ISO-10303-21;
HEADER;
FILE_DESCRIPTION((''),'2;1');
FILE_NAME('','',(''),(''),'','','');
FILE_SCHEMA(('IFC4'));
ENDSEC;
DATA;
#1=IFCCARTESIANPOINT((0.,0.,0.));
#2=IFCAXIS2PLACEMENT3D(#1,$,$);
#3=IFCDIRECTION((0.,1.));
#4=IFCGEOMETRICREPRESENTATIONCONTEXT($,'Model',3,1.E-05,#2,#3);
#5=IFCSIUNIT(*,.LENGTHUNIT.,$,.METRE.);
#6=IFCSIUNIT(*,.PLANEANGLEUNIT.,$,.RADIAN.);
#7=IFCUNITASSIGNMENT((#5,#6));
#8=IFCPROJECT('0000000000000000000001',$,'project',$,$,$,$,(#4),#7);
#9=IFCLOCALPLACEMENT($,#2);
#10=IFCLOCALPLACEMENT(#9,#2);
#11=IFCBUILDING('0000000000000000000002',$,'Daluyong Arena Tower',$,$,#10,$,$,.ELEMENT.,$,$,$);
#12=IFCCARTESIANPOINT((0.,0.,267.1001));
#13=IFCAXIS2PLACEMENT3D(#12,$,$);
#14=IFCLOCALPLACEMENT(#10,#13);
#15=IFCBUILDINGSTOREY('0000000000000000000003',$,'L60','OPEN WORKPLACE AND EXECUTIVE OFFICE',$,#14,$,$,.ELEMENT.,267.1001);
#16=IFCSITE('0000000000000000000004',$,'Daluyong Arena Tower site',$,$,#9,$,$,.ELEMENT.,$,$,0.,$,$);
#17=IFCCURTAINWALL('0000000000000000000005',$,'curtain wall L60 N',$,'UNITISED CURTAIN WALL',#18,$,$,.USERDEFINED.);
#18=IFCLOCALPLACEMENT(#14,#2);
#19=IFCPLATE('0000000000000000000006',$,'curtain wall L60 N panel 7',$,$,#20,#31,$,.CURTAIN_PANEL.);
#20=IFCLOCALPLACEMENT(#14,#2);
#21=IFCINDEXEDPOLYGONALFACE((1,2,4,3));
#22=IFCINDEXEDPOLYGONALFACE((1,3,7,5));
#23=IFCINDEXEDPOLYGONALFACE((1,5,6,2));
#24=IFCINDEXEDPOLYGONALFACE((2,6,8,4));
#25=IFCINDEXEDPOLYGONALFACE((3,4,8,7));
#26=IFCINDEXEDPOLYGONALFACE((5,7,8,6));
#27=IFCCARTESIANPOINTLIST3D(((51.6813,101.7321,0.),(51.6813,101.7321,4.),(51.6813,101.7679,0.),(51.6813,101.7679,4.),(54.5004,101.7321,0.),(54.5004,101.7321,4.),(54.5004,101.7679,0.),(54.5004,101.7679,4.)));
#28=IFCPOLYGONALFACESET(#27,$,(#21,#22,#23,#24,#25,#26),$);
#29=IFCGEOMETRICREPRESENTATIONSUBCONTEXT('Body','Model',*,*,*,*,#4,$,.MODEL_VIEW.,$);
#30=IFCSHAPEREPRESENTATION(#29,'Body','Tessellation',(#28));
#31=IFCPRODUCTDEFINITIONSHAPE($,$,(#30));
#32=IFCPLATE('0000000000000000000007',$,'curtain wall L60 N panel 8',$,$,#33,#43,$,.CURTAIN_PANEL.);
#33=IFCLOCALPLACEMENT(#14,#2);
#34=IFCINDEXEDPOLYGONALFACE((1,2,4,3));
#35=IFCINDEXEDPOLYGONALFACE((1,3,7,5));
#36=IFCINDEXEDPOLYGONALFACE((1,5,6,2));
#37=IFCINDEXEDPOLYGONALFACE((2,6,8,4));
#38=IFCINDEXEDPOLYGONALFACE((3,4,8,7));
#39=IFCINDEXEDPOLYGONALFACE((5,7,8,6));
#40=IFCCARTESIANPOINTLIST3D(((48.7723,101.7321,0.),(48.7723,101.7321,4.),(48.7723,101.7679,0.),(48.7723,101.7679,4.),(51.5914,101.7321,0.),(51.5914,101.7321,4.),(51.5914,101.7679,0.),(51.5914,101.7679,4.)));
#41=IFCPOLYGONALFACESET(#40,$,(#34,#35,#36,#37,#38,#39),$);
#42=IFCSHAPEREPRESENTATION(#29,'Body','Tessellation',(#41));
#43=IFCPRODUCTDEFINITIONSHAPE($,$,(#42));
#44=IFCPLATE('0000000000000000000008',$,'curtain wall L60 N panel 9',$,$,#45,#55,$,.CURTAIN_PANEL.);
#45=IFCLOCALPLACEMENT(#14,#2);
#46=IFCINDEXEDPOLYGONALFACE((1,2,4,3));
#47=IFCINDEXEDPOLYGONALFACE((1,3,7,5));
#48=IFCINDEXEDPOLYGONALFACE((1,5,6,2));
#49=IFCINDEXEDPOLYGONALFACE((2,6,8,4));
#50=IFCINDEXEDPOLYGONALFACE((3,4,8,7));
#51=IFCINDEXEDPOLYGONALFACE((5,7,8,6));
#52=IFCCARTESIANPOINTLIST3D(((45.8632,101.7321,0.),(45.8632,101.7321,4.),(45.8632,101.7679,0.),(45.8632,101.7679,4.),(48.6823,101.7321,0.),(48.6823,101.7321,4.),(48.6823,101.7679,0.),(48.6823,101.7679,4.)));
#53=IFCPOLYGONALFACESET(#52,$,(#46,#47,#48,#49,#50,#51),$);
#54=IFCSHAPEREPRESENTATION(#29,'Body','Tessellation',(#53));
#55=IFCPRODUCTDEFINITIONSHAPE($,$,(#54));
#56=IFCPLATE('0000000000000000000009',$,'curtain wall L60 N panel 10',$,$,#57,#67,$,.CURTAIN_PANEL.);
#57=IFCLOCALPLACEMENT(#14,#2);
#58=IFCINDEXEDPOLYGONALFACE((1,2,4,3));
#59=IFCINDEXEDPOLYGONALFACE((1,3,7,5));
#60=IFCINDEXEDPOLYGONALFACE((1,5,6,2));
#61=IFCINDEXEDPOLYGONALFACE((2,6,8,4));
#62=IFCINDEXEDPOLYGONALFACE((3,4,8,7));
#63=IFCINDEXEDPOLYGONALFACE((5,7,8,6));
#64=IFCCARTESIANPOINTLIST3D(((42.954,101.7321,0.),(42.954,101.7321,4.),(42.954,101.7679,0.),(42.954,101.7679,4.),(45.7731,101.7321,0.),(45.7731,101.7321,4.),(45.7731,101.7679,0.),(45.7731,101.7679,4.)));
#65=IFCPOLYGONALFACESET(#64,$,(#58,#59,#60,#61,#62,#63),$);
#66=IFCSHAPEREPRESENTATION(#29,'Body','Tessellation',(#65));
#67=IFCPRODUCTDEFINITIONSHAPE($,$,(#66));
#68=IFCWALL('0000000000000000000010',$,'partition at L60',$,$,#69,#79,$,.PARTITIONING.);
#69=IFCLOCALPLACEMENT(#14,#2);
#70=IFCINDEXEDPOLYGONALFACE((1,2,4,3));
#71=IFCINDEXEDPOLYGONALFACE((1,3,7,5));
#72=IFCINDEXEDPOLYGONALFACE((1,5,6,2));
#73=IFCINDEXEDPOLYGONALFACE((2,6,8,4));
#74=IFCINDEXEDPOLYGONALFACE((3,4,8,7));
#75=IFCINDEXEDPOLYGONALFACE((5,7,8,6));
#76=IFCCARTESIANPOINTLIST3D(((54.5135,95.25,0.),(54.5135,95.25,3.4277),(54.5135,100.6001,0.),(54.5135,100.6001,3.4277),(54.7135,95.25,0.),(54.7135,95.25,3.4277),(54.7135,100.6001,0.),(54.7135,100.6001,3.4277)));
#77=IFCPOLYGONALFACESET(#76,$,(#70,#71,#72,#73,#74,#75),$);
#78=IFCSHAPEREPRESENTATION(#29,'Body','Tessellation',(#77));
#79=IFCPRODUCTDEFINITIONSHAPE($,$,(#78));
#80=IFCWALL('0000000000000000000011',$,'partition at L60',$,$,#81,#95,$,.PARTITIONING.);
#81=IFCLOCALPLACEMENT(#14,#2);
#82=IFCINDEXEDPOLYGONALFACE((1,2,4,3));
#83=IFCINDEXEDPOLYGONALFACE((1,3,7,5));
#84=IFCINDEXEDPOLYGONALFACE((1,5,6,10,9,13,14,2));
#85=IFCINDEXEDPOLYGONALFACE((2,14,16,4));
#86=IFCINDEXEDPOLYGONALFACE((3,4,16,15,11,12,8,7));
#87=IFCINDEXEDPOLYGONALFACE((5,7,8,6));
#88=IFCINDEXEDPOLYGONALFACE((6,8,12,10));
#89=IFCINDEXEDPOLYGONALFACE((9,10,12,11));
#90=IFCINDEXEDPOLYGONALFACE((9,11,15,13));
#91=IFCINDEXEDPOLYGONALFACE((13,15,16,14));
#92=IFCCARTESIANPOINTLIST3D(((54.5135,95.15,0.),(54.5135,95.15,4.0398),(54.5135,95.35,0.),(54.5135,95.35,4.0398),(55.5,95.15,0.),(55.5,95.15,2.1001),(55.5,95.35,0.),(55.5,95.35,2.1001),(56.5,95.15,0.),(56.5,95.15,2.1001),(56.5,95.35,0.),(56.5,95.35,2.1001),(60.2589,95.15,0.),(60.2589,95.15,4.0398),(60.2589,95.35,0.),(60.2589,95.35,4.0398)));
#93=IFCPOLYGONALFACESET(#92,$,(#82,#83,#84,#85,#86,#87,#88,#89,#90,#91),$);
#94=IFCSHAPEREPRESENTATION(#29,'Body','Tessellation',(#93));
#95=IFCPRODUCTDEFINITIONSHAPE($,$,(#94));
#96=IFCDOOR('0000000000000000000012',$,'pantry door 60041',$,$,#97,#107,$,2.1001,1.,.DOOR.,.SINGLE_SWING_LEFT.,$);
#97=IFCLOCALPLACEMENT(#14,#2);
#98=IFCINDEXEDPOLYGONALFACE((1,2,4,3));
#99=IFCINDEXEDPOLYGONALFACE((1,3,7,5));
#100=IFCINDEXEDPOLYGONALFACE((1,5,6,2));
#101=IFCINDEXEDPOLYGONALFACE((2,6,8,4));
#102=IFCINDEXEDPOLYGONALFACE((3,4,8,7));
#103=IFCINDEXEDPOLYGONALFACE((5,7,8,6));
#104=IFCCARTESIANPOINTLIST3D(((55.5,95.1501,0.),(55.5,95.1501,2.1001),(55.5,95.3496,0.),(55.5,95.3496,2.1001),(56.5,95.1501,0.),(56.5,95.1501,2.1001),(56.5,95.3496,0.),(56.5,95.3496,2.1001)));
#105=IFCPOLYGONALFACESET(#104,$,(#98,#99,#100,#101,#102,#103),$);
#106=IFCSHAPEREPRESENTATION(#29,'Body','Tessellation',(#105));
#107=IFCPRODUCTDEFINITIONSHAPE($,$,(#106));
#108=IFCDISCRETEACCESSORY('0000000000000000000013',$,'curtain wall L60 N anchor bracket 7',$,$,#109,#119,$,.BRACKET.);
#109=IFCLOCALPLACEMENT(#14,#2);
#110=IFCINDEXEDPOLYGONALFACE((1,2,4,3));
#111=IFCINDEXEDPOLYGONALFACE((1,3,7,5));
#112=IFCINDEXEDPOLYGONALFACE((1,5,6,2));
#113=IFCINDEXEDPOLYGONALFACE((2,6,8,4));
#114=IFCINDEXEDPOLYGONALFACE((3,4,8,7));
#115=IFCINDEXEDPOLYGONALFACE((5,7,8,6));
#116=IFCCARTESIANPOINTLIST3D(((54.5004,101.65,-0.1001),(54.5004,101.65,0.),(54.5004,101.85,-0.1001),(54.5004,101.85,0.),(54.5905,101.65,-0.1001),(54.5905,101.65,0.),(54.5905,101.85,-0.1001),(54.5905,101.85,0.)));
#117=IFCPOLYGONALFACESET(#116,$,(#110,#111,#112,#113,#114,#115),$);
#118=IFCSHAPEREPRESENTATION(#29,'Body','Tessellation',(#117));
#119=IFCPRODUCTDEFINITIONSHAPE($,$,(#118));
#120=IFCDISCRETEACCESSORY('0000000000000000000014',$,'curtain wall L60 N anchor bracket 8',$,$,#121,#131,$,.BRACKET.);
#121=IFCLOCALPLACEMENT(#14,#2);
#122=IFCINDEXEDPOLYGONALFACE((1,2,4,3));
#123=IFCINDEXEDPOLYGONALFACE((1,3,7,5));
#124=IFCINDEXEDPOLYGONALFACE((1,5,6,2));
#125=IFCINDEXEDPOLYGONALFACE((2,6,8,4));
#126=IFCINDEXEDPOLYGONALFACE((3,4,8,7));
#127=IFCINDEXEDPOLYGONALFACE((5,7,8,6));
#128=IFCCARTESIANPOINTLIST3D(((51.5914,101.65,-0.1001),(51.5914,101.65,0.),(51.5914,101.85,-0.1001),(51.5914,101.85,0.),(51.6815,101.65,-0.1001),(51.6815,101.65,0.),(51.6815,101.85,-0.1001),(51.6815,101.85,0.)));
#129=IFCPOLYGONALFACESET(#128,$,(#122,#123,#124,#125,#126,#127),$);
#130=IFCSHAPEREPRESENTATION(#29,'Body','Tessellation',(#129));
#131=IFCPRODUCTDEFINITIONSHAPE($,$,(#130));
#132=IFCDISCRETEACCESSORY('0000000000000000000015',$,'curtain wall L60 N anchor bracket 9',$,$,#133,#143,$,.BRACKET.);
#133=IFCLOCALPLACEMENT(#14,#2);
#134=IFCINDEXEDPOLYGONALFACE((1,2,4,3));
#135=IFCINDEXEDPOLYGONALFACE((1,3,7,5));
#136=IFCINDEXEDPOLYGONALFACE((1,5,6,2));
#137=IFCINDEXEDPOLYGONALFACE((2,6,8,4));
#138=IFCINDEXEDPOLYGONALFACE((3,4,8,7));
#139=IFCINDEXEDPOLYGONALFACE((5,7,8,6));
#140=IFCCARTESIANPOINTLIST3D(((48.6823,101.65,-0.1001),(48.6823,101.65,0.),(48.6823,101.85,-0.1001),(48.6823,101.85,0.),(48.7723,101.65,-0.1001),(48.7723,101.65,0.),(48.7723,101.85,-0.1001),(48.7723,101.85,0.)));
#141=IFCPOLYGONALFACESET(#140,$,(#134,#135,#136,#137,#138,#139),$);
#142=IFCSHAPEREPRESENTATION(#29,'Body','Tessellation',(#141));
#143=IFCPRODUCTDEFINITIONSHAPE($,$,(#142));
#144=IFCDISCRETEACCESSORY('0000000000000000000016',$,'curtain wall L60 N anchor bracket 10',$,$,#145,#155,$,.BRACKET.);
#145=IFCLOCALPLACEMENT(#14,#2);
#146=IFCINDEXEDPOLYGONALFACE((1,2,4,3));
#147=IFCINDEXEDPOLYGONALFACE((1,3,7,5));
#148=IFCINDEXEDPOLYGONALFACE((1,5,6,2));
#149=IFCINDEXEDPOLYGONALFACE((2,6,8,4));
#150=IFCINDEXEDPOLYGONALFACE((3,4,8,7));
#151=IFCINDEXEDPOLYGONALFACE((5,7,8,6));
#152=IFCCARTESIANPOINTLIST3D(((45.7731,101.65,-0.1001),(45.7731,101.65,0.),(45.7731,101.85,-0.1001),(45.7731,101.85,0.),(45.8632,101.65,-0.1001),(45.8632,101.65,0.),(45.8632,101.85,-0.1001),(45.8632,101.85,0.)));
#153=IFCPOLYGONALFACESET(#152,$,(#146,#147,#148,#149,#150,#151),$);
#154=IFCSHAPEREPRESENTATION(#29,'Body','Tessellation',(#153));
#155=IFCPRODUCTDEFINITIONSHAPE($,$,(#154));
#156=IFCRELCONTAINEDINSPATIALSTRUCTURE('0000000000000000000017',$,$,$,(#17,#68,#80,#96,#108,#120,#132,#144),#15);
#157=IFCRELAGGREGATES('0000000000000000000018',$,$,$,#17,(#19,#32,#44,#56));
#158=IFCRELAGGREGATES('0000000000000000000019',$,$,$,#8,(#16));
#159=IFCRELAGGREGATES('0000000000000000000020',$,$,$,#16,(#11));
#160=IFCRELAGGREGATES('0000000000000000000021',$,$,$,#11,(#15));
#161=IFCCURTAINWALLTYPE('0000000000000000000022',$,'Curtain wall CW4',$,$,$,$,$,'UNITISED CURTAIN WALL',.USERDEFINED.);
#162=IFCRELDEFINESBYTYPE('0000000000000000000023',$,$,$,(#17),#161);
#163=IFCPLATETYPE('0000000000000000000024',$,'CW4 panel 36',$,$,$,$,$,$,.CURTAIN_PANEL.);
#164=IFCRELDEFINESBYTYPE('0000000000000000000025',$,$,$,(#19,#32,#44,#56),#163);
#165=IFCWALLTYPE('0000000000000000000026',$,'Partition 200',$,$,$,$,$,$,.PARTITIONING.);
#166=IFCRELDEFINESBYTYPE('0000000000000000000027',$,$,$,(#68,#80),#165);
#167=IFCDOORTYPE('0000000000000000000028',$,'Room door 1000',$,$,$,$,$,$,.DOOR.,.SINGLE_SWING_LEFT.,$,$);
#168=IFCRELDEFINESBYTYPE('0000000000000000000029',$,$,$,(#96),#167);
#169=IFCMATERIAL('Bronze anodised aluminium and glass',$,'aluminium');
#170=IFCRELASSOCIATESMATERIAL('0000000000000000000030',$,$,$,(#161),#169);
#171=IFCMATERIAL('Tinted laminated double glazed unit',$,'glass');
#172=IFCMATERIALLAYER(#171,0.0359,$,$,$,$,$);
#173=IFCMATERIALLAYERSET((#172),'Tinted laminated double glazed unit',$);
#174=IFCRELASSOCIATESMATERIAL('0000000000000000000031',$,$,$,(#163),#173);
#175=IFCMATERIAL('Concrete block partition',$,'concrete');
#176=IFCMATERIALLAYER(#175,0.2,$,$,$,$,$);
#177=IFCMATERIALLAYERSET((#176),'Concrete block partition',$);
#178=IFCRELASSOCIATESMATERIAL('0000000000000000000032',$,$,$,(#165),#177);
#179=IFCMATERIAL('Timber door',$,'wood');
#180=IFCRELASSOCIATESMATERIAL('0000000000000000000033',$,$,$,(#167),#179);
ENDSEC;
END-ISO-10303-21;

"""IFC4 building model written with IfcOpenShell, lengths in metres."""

from ifc_helpers import new_model, si_unit, direction, frame, frame_2d, origin, origin_2d, place, context, subcontext, project, spatial, rectangle, extrude, material, layer, layer_set, type_object, element, fill, aggregate, save


model = new_model("IFC4")

# Units and contexts
model_context = context("Model", 3, precision=1e-05, world=origin(), true_north=direction((0.0, 1.0)))
body_context = subcontext(model_context, "Body", "Model", "MODEL_VIEW")
ifc_project = project(units=[si_unit("LENGTHUNIT", "METRE"), si_unit("PLANEANGLEUNIT", "RADIAN")], contexts=[model_context])

# Site, building, storey
site_placement = place(None, origin())
site = spatial("IfcSite", under=ifc_project, at=site_placement, Name="Daluyong Arena Tower site", CompositionType="ELEMENT", RefElevation=0.0)
building_placement = place(site_placement, origin())
building = spatial("IfcBuilding", under=site, at=building_placement, Name="Daluyong Arena Tower", CompositionType="ELEMENT")
storey_placement = place(building_placement, frame((0.0, 0.0, 267.1001)))
storey = spatial("IfcBuildingStorey", under=building, at=storey_placement, Name="L60", Description="OPEN WORKPLACE AND EXECUTIVE OFFICE", CompositionType="ELEMENT", Elevation=267.1001)

# Curtain wall
ifc_material_1 = material(Name="Bronze anodised aluminium and glass", Category="aluminium")
curtain_wall_type = type_object("IfcCurtainWallType", Name="Curtain wall CW4", ElementType="UNITISED CURTAIN WALL", PredefinedType="USERDEFINED", material=ifc_material_1)
curtain_wall_placement = place(storey_placement, origin())
curtain_wall = element("IfcCurtainWall", 1, at=curtain_wall_placement, inside=storey, type_object=curtain_wall_type, Name="curtain wall L60 N", ObjectType="UNITISED CURTAIN WALL", PredefinedType="USERDEFINED")

# Plates
ifc_material_2 = material(Name="Tinted laminated double glazed unit", Category="glass")
ifc_layer_1 = layer(ifc_material_2, 0.0359)
ifc_layer_set_1 = layer_set([ifc_layer_1], Name="Tinted laminated double glazed unit")
plate_type = type_object("IfcPlateType", Name="CW4 panel 36", PredefinedType="CURTAIN_PANEL", material=ifc_layer_set_1)
plate_1_placement = place(storey_placement, frame((53.0908, 101.75, 0.0), z_axis=(0.0, 0.0, 1.0), x_axis=(-1.0, 0.0, 0.0)))
plate_1 = element("IfcPlate", 2, at=plate_1_placement, type_object=plate_type, Name="curtain wall L60 N panel 7", PredefinedType="CURTAIN_PANEL", context=body_context, shape_type="SweptSolid", body=[
    extrude(rectangle(XDim=2.8191, YDim=0.0359, at=origin_2d()), origin(), (0.0, 0.0, 1.0), 4.0),
])
plate_2_placement = place(storey_placement, frame((50.1819, 101.75, 0.0), z_axis=(0.0, 0.0, 1.0), x_axis=(-1.0, 0.0, 0.0)))
plate_2 = element("IfcPlate", 3, at=plate_2_placement, type_object=plate_type, Name="curtain wall L60 N panel 8", PredefinedType="CURTAIN_PANEL", context=body_context, shape_type="SweptSolid", body=[
    extrude(rectangle(XDim=2.8191, YDim=0.0359, at=origin_2d()), origin(), (0.0, 0.0, 1.0), 4.0),
])
plate_3_placement = place(storey_placement, frame((47.2727, 101.75, 0.0), z_axis=(0.0, 0.0, 1.0), x_axis=(-1.0, 0.0, 0.0)))
plate_3 = element("IfcPlate", 4, at=plate_3_placement, type_object=plate_type, Name="curtain wall L60 N panel 9", PredefinedType="CURTAIN_PANEL", context=body_context, shape_type="SweptSolid", body=[
    extrude(rectangle(XDim=2.8191, YDim=0.0359, at=origin_2d()), origin(), (0.0, 0.0, 1.0), 4.0),
])
plate_4_placement = place(storey_placement, frame((44.3635, 101.75, 0.0), z_axis=(0.0, 0.0, 1.0), x_axis=(-1.0, 0.0, 0.0)))
plate_4 = element("IfcPlate", 5, at=plate_4_placement, type_object=plate_type, Name="curtain wall L60 N panel 10", PredefinedType="CURTAIN_PANEL", context=body_context, shape_type="SweptSolid", body=[
    extrude(rectangle(XDim=2.8191, YDim=0.0359, at=origin_2d()), origin(), (0.0, 0.0, 1.0), 4.0),
])
aggregate(curtain_wall, [plate_1, plate_2, plate_3, plate_4])

# Wall
ifc_material_3 = material(Name="Concrete block partition", Category="concrete")
ifc_layer_2 = layer(ifc_material_3, 0.2)
ifc_layer_set_2 = layer_set([ifc_layer_2], Name="Concrete block partition")
wall_type = type_object("IfcWallType", Name="Partition 200", PredefinedType="PARTITIONING", material=ifc_layer_set_2)
wall_1_placement = place(storey_placement, frame((54.6135, 95.25, 0.0), z_axis=(0.0, 0.0, 1.0), x_axis=(0.0, 1.0, 0.0)))
element("IfcWall", 6, at=wall_1_placement, inside=storey, type_object=wall_type, Name="partition at L60", PredefinedType="PARTITIONING", context=body_context, shape_type="SweptSolid", body=[
    extrude(rectangle(XDim=5.3501, YDim=0.2, at=frame_2d((2.675, 0.0))), origin(), (0.0, 0.0, 1.0), 3.4277),
])

# Wall, opening, door
wall_2_placement = place(storey_placement, frame((54.5137, 95.25, 0.0), z_axis=(0.0, 0.0, 1.0), x_axis=(1.0, 0.0, 0.0)))
wall_2 = element("IfcWall", 7, at=wall_2_placement, inside=storey, type_object=wall_type, Name="partition at L60", PredefinedType="PARTITIONING", context=body_context, shape_type="SweptSolid", body=[
    extrude(rectangle(XDim=5.7454, YDim=0.2, at=frame_2d((2.8726, 0.0))), origin(), (0.0, 0.0, 1.0), 4.0398),
])
opening_placement = place(wall_2_placement, frame((0.9863, 0.0, 0.0)))
opening = element("IfcOpeningElement", 8, at=opening_placement, cuts=wall_2, PredefinedType="OPENING", context=body_context, shape_type="SweptSolid", body=[
    extrude(rectangle(XDim=1.0, YDim=2.1001, at=frame_2d((0.5, 1.05))), frame((0.0, 0.1099, 0.0), z_axis=(0.0, -1.0, 0.0), x_axis=(1.0, 0.0, 0.0)), (0.0, 0.0, 1.0), 0.22),
])
ifc_material_4 = material(Name="Timber door", Category="wood")
door_type = type_object("IfcDoorType", Name="Room door 1000", OperationType="SINGLE_SWING_LEFT", PredefinedType="DOOR", material=ifc_material_4)
door_placement = place(opening_placement, origin())
door = element("IfcDoor", 9, at=door_placement, inside=storey, type_object=door_type, Name="pantry door 60041", OperationType="SINGLE_SWING_LEFT", OverallHeight=2.1001, OverallWidth=1.0, PredefinedType="DOOR", context=body_context, shape_type="SweptSolid", body=[
    extrude(rectangle(XDim=1.0, YDim=2.1001, at=frame_2d((0.5, 1.05))), frame((0.0, 0.0996, 0.0), z_axis=(0.0, -1.0, 0.0), x_axis=(1.0, 0.0, 0.0)), (0.0, 0.0, 1.0), 0.1995),
])
fill(opening, door)

# Discrete accessories
for number, where, z_axis, x_axis, name in (
    (10, (54.5454, 101.75, -0.1001), (0.0, 0.0, 1.0), (-1.0, 0.0, 0.0), "curtain wall L60 N anchor bracket 7"),
    (11, (51.6365, 101.75, -0.1001), (0.0, 0.0, 1.0), (-1.0, 0.0, 0.0), "curtain wall L60 N anchor bracket 8"),
    (12, (48.7273, 101.75, -0.1001), (0.0, 0.0, 1.0), (-1.0, 0.0, 0.0), "curtain wall L60 N anchor bracket 9"),
    (13, (45.8181, 101.75, -0.1001), (0.0, 0.0, 1.0), (-1.0, 0.0, 0.0), "curtain wall L60 N anchor bracket 10"),
):
    element("IfcDiscreteAccessory", number, at=place(storey_placement, frame(where, z_axis=z_axis, x_axis=x_axis)), inside=storey, Name=name, PredefinedType="BRACKET", context=body_context, shape_type="SweptSolid", body=[
        extrude(rectangle(XDim=0.0901, YDim=0.2, at=origin_2d()), origin(), (0.0, 0.0, 1.0), 0.1001),
    ])

save(model, "model.ifc")
